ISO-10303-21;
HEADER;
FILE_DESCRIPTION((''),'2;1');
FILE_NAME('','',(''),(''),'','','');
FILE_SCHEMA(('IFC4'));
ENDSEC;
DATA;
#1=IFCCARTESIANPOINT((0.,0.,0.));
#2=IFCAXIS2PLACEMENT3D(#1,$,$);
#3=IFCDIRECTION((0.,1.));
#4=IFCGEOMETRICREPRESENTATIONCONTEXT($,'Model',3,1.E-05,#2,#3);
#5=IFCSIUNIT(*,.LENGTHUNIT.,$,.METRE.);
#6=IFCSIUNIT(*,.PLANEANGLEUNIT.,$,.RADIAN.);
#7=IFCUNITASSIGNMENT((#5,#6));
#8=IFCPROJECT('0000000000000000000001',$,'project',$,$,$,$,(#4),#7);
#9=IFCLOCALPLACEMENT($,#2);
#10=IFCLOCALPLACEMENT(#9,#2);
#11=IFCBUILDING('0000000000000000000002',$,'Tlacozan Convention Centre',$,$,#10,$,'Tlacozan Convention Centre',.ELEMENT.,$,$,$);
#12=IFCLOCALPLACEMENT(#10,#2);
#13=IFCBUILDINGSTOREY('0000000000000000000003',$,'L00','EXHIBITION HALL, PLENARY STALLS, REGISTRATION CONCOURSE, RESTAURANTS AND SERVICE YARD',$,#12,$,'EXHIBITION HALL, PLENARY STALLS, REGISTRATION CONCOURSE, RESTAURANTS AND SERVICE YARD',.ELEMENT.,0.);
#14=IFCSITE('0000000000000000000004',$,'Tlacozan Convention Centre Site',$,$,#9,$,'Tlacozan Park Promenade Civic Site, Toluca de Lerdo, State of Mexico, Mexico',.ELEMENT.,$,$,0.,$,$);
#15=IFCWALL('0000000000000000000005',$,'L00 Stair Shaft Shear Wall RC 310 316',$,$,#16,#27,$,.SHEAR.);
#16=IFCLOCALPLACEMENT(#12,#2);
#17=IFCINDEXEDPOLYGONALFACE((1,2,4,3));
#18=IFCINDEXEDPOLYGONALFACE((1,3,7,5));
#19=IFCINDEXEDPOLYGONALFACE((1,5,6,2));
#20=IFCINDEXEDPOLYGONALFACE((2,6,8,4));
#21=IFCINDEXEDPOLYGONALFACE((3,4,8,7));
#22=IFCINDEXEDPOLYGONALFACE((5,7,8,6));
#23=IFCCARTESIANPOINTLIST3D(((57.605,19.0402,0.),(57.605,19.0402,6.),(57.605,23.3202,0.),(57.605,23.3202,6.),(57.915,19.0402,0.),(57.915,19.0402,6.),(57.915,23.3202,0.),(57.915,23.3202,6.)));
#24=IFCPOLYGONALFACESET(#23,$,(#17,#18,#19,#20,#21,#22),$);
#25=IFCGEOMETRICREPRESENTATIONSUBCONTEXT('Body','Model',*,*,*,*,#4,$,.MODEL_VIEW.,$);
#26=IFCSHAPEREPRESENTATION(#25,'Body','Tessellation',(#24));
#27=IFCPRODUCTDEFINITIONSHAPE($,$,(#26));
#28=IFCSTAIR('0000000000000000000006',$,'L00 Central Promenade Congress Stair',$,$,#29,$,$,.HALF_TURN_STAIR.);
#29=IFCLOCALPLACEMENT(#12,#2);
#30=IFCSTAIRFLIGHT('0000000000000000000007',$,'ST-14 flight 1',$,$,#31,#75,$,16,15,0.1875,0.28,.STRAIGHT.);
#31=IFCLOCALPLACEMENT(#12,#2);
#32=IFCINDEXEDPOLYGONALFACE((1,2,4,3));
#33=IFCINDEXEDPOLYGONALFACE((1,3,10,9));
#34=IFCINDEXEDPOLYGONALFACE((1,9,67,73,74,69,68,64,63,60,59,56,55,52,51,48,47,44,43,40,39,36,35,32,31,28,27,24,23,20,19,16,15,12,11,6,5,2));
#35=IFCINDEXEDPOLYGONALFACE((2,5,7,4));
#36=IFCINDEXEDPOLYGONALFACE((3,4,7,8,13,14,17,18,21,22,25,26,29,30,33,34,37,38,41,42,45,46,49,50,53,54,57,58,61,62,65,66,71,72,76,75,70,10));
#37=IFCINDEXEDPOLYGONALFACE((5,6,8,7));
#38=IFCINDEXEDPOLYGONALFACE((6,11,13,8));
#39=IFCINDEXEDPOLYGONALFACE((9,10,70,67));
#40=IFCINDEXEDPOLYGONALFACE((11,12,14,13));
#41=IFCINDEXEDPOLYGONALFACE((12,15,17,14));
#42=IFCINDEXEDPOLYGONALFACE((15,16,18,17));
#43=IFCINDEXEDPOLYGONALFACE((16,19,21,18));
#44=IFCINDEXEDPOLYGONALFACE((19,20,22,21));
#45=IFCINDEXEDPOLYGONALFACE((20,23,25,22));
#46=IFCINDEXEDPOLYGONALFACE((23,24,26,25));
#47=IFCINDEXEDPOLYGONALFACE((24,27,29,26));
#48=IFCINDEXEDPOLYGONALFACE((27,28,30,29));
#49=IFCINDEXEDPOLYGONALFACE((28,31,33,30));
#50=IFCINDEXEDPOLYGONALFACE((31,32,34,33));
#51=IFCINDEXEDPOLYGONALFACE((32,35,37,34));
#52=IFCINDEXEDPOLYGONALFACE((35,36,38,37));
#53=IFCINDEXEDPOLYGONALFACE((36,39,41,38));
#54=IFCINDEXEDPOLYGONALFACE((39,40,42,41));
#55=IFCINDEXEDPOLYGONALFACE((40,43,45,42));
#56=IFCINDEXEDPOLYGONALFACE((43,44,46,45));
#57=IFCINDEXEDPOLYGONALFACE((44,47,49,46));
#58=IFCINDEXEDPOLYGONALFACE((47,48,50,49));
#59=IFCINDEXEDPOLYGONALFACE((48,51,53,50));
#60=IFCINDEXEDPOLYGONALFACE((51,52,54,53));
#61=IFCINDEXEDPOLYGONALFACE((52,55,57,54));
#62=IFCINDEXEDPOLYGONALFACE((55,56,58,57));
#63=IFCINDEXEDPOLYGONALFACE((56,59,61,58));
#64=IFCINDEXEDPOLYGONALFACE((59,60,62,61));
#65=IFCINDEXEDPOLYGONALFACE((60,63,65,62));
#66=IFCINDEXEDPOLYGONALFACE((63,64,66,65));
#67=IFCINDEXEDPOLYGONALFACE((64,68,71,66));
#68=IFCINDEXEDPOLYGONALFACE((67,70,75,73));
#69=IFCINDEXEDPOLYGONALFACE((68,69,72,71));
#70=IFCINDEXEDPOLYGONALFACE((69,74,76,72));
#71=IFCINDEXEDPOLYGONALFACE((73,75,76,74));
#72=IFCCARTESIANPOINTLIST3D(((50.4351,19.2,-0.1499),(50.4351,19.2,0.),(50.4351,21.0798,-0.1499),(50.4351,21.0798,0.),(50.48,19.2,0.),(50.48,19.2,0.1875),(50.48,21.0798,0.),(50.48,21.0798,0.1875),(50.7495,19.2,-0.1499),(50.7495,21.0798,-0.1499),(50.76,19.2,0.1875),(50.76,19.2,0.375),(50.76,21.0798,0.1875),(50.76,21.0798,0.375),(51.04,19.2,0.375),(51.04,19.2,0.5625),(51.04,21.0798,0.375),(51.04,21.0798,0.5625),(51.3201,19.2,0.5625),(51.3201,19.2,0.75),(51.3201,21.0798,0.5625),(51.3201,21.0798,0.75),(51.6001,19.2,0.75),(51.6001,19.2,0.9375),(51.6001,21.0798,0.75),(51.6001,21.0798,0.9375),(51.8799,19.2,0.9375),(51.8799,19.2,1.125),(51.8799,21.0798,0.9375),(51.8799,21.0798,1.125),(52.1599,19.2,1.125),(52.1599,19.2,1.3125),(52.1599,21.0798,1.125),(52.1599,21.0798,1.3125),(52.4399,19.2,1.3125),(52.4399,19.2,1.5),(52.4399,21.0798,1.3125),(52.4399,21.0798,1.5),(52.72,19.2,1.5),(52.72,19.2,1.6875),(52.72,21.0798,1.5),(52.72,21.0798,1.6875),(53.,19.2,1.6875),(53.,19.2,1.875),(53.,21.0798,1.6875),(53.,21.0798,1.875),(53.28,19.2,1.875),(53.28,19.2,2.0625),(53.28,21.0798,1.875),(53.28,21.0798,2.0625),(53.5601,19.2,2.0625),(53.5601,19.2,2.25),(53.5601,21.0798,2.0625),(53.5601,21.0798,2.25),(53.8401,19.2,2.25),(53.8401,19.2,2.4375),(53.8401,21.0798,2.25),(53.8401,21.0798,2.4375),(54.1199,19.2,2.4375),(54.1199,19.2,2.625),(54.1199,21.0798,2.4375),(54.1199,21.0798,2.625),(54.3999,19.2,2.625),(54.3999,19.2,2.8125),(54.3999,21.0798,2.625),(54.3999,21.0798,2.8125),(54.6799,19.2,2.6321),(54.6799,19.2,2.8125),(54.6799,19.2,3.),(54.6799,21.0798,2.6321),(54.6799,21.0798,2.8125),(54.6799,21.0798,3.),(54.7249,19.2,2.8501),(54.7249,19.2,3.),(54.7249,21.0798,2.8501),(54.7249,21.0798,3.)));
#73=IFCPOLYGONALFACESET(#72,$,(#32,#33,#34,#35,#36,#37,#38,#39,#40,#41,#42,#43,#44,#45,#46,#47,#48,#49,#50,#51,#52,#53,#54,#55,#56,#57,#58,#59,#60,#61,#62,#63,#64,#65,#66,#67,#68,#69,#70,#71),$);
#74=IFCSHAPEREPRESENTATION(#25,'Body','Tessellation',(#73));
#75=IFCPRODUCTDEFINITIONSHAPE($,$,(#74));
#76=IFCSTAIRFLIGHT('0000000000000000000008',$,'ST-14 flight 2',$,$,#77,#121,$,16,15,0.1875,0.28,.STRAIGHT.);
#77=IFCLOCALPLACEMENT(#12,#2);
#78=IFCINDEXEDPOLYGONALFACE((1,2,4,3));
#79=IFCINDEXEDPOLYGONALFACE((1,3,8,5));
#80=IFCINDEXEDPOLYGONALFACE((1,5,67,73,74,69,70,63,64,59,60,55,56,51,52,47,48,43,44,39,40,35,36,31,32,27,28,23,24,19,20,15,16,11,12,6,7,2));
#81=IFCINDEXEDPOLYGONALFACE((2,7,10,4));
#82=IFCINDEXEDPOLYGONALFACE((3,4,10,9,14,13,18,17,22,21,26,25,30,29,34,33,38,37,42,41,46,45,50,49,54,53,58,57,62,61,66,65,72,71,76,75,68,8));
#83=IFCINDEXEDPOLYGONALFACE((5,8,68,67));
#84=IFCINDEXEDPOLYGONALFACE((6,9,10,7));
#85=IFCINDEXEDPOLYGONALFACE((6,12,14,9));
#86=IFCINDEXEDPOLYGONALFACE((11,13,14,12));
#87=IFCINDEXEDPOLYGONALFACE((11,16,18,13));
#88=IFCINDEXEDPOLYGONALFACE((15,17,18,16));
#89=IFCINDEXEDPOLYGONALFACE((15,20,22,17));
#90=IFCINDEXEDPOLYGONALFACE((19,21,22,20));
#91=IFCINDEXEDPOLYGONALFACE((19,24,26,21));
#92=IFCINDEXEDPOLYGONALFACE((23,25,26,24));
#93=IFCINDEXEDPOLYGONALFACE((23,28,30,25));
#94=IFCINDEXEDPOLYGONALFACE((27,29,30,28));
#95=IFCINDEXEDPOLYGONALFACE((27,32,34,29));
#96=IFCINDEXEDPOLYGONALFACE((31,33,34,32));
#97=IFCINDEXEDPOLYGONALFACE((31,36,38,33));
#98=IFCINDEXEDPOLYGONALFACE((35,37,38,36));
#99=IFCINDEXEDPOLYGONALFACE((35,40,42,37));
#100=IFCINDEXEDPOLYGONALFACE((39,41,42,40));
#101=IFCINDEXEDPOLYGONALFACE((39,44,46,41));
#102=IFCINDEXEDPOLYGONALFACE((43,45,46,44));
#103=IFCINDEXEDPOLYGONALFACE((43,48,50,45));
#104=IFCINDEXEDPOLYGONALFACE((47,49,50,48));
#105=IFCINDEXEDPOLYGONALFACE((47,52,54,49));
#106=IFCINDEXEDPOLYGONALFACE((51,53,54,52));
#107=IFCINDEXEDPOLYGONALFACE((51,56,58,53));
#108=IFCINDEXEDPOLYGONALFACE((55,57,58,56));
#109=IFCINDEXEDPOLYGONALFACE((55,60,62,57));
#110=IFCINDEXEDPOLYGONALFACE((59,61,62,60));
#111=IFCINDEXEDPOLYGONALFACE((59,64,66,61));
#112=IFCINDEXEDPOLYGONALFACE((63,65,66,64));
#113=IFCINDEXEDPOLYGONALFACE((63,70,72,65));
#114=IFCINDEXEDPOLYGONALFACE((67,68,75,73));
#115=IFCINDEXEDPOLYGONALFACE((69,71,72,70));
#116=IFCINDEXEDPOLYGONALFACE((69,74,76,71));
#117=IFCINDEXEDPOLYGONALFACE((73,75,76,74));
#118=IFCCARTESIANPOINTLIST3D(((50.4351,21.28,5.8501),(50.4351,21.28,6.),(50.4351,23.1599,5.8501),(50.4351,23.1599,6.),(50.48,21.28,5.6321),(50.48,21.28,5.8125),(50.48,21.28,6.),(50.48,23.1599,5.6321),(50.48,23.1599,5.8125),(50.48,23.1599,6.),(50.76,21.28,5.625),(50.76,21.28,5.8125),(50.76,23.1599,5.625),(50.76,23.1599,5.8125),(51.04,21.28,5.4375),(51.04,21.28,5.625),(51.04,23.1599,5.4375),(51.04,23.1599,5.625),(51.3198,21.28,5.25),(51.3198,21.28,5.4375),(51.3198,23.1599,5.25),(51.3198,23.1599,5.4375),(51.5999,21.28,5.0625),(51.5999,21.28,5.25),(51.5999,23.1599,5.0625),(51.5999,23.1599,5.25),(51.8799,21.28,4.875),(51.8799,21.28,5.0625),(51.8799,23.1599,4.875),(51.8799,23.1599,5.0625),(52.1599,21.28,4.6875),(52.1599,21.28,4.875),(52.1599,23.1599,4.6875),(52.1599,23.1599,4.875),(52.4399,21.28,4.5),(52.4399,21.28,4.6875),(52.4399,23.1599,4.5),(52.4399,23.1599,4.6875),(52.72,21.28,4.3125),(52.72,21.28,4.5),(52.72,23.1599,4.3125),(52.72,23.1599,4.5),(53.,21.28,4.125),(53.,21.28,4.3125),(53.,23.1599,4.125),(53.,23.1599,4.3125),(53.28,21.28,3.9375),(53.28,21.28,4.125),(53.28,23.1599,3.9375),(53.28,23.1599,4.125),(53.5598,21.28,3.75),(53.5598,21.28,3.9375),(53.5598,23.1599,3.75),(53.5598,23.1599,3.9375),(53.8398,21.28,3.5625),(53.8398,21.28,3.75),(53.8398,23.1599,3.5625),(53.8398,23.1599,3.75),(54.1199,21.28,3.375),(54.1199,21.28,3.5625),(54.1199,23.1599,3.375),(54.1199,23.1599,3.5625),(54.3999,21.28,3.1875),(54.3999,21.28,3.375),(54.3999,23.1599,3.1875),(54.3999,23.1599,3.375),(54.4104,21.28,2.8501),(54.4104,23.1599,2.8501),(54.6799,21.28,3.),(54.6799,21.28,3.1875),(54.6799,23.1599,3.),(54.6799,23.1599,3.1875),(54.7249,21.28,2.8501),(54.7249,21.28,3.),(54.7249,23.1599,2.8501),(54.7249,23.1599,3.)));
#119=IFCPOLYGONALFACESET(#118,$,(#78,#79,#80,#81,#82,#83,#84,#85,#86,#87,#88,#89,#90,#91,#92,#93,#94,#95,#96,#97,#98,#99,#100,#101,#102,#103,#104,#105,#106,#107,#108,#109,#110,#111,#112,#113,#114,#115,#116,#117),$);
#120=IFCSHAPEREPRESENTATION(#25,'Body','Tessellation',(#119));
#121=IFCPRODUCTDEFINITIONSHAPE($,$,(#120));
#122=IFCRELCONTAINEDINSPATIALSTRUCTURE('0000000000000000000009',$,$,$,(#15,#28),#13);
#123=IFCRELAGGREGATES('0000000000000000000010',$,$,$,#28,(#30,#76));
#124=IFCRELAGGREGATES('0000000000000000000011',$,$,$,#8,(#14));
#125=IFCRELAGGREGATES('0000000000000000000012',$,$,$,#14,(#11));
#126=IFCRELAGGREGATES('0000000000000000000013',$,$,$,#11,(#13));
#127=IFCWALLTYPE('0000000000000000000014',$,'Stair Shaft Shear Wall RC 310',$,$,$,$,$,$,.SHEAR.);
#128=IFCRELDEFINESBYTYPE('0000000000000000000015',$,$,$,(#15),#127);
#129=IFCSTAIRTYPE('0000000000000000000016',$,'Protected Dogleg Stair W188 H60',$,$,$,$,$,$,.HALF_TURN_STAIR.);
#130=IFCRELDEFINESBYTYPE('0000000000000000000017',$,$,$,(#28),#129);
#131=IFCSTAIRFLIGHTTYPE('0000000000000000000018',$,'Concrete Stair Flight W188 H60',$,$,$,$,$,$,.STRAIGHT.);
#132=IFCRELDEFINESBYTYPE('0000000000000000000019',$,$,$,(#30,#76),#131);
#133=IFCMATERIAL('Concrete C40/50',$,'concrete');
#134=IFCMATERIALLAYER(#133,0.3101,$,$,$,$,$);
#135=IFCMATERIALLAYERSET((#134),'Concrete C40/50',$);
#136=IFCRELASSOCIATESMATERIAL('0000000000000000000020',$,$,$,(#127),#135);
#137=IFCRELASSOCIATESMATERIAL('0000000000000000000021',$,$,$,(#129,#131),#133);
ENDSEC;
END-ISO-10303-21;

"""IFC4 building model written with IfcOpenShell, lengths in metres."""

from ifc_helpers import new_model, si_unit, direction, frame, frame_2d, origin, place, context, subcontext, project, spatial, polyline, rectangle, outline, extrude, material, layer, layer_set, type_object, element, aggregate, save


model = new_model("IFC4")

# Units and contexts
model_context = context("Model", 3, precision=1e-05, world=origin(), true_north=direction((0.0, 1.0)))
body_context = subcontext(model_context, "Body", "Model", "MODEL_VIEW")
ifc_project = project(units=[si_unit("LENGTHUNIT", "METRE"), si_unit("PLANEANGLEUNIT", "RADIAN")], contexts=[model_context])

# Site, building, storey
site_placement = place(None, origin())
site = spatial("IfcSite", under=ifc_project, at=site_placement, Name="Tlacozan Convention Centre Site", LongName="Tlacozan Park Promenade Civic Site, Toluca de Lerdo, State of Mexico, Mexico", CompositionType="ELEMENT", RefElevation=0.0)
building_placement = place(site_placement, origin())
building = spatial("IfcBuilding", under=site, at=building_placement, Name="Tlacozan Convention Centre", LongName="Tlacozan Convention Centre", CompositionType="ELEMENT")
storey_placement = place(building_placement, origin())
storey = spatial("IfcBuildingStorey", under=building, at=storey_placement, Name="L00", Description="EXHIBITION HALL, PLENARY STALLS, REGISTRATION CONCOURSE, RESTAURANTS AND SERVICE YARD", LongName="EXHIBITION HALL, PLENARY STALLS, REGISTRATION CONCOURSE, RESTAURANTS AND SERVICE YARD", CompositionType="ELEMENT", Elevation=0.0)

# Shared definitions
ifc_material_1 = material(Name="Concrete C40/50", Category="concrete")

# Wall
ifc_layer_1 = layer(ifc_material_1, 0.3101)
ifc_layer_set_1 = layer_set([ifc_layer_1], Name="Concrete C40/50")
wall_type = type_object("IfcWallType", Name="Stair Shaft Shear Wall RC 310", PredefinedType="SHEAR", material=ifc_layer_set_1)
wall_placement = place(storey_placement, frame((57.76, 19.04, 0.0), z_axis=(0.0, 0.0, 1.0), x_axis=(0.0, 1.0, 0.0)))
element("IfcWall", 1, at=wall_placement, inside=storey, type_object=wall_type, Name="L00 Stair Shaft Shear Wall RC 310 316", PredefinedType="SHEAR", context=body_context, shape_type="SweptSolid", body=[
    extrude(rectangle(XDim=4.28, YDim=0.3101, at=frame_2d((2.1401, 0.0))), origin(), (0.0, 0.0, 1.0), 6.0),
])

# Stair, stair flights
stair_type = type_object("IfcStairType", Name="Protected Dogleg Stair W188 H60", PredefinedType="HALF_TURN_STAIR", material=ifc_material_1)
stair_placement = place(storey_placement, origin())
stair = element("IfcStair", 2, at=stair_placement, inside=storey, type_object=stair_type, Name="L00 Central Promenade Congress Stair", PredefinedType="HALF_TURN_STAIR")
stair_flight_type = type_object("IfcStairFlightType", Name="Concrete Stair Flight W188 H60", PredefinedType="STRAIGHT", material=ifc_material_1)
stair_flight_1_placement = place(storey_placement, frame((50.48, 20.1399, 0.0), z_axis=(0.0, 0.0, 1.0), x_axis=(1.0, 0.0, 0.0)))
stair_flight_1 = element("IfcStairFlight", 3, at=stair_flight_1_placement, type_object=stair_flight_type, Name="ST-14 flight 1", NumberOfRisers=16, NumberOfTreads=15, PredefinedType="STRAIGHT", RiserHeight=0.1875, TreadLength=0.28, context=body_context, shape_type="SweptSolid", body=[
    extrude(outline(polyline([(-0.0449, -0.1499), (-0.0449, 0.0), (0.0, 0.0), (0.0, 0.1875), (0.28, 0.1875), (0.28, 0.375), (0.5601, 0.375), (0.5601, 0.5625), (0.8401, 0.5625), (0.8401, 0.75), (1.1201, 0.75), (1.1201, 0.9375), (1.3999, 0.9375), (1.3999, 1.125), (1.6799, 1.125), (1.6799, 1.3125), (1.96, 1.3125), (1.96, 1.5), (2.24, 1.5), (2.24, 1.6875), (2.52, 1.6875), (2.52, 1.875), (2.8, 1.875), (2.8, 2.0625), (3.0801, 2.0625), (3.0801, 2.25), (3.3601, 2.25), (3.3601, 2.4375), (3.6399, 2.4375), (3.6399, 2.625), (3.9199, 2.625), (3.9199, 2.8125), (4.2, 2.8125), (4.2, 3.0), (4.2449, 3.0), (4.2449, 2.8501), (4.2, 2.6321), (0.2695, -0.1499), (-0.0449, -0.1499)])), frame((0.0, 0.9399, 0.0), z_axis=(0.0, -1.0, 0.0), x_axis=(1.0, 0.0, 0.0)), (0.0, 0.0, 1.0), 1.8799),
])
stair_flight_2_placement = place(storey_placement, frame((54.6799, 22.22, 3.0), z_axis=(0.0, 0.0, 1.0), x_axis=(-1.0, 0.0, 0.0)))
stair_flight_2 = element("IfcStairFlight", 4, at=stair_flight_2_placement, type_object=stair_flight_type, Name="ST-14 flight 2", NumberOfRisers=16, NumberOfTreads=15, PredefinedType="STRAIGHT", RiserHeight=0.1875, TreadLength=0.28, context=body_context, shape_type="SweptSolid", body=[
    extrude(outline(polyline([(-0.0449, -0.1499), (-0.0449, 0.0), (0.0, 0.0), (0.0, 0.1875), (0.28, 0.1875), (0.28, 0.375), (0.5601, 0.375), (0.5601, 0.5625), (0.8401, 0.5625), (0.8401, 0.75), (1.1201, 0.75), (1.1201, 0.9375), (1.3999, 0.9375), (1.3999, 1.125), (1.6799, 1.125), (1.6799, 1.3125), (1.96, 1.3125), (1.96, 1.5), (2.24, 1.5), (2.24, 1.6875), (2.52, 1.6875), (2.52, 1.875), (2.8, 1.875), (2.8, 2.0625), (3.0801, 2.0625), (3.0801, 2.25), (3.3601, 2.25), (3.3601, 2.4375), (3.6399, 2.4375), (3.6399, 2.625), (3.9199, 2.625), (3.9199, 2.8125), (4.2, 2.8125), (4.2, 3.0), (4.2449, 3.0), (4.2449, 2.8501), (4.2, 2.6321), (0.2695, -0.1499), (-0.0449, -0.1499)])), frame((0.0, 0.9399, 0.0), z_axis=(0.0, -1.0, 0.0), x_axis=(1.0, 0.0, 0.0)), (0.0, 0.0, 1.0), 1.8799),
])
aggregate(stair, [stair_flight_1, stair_flight_2])

save(model, "model.ifc")
